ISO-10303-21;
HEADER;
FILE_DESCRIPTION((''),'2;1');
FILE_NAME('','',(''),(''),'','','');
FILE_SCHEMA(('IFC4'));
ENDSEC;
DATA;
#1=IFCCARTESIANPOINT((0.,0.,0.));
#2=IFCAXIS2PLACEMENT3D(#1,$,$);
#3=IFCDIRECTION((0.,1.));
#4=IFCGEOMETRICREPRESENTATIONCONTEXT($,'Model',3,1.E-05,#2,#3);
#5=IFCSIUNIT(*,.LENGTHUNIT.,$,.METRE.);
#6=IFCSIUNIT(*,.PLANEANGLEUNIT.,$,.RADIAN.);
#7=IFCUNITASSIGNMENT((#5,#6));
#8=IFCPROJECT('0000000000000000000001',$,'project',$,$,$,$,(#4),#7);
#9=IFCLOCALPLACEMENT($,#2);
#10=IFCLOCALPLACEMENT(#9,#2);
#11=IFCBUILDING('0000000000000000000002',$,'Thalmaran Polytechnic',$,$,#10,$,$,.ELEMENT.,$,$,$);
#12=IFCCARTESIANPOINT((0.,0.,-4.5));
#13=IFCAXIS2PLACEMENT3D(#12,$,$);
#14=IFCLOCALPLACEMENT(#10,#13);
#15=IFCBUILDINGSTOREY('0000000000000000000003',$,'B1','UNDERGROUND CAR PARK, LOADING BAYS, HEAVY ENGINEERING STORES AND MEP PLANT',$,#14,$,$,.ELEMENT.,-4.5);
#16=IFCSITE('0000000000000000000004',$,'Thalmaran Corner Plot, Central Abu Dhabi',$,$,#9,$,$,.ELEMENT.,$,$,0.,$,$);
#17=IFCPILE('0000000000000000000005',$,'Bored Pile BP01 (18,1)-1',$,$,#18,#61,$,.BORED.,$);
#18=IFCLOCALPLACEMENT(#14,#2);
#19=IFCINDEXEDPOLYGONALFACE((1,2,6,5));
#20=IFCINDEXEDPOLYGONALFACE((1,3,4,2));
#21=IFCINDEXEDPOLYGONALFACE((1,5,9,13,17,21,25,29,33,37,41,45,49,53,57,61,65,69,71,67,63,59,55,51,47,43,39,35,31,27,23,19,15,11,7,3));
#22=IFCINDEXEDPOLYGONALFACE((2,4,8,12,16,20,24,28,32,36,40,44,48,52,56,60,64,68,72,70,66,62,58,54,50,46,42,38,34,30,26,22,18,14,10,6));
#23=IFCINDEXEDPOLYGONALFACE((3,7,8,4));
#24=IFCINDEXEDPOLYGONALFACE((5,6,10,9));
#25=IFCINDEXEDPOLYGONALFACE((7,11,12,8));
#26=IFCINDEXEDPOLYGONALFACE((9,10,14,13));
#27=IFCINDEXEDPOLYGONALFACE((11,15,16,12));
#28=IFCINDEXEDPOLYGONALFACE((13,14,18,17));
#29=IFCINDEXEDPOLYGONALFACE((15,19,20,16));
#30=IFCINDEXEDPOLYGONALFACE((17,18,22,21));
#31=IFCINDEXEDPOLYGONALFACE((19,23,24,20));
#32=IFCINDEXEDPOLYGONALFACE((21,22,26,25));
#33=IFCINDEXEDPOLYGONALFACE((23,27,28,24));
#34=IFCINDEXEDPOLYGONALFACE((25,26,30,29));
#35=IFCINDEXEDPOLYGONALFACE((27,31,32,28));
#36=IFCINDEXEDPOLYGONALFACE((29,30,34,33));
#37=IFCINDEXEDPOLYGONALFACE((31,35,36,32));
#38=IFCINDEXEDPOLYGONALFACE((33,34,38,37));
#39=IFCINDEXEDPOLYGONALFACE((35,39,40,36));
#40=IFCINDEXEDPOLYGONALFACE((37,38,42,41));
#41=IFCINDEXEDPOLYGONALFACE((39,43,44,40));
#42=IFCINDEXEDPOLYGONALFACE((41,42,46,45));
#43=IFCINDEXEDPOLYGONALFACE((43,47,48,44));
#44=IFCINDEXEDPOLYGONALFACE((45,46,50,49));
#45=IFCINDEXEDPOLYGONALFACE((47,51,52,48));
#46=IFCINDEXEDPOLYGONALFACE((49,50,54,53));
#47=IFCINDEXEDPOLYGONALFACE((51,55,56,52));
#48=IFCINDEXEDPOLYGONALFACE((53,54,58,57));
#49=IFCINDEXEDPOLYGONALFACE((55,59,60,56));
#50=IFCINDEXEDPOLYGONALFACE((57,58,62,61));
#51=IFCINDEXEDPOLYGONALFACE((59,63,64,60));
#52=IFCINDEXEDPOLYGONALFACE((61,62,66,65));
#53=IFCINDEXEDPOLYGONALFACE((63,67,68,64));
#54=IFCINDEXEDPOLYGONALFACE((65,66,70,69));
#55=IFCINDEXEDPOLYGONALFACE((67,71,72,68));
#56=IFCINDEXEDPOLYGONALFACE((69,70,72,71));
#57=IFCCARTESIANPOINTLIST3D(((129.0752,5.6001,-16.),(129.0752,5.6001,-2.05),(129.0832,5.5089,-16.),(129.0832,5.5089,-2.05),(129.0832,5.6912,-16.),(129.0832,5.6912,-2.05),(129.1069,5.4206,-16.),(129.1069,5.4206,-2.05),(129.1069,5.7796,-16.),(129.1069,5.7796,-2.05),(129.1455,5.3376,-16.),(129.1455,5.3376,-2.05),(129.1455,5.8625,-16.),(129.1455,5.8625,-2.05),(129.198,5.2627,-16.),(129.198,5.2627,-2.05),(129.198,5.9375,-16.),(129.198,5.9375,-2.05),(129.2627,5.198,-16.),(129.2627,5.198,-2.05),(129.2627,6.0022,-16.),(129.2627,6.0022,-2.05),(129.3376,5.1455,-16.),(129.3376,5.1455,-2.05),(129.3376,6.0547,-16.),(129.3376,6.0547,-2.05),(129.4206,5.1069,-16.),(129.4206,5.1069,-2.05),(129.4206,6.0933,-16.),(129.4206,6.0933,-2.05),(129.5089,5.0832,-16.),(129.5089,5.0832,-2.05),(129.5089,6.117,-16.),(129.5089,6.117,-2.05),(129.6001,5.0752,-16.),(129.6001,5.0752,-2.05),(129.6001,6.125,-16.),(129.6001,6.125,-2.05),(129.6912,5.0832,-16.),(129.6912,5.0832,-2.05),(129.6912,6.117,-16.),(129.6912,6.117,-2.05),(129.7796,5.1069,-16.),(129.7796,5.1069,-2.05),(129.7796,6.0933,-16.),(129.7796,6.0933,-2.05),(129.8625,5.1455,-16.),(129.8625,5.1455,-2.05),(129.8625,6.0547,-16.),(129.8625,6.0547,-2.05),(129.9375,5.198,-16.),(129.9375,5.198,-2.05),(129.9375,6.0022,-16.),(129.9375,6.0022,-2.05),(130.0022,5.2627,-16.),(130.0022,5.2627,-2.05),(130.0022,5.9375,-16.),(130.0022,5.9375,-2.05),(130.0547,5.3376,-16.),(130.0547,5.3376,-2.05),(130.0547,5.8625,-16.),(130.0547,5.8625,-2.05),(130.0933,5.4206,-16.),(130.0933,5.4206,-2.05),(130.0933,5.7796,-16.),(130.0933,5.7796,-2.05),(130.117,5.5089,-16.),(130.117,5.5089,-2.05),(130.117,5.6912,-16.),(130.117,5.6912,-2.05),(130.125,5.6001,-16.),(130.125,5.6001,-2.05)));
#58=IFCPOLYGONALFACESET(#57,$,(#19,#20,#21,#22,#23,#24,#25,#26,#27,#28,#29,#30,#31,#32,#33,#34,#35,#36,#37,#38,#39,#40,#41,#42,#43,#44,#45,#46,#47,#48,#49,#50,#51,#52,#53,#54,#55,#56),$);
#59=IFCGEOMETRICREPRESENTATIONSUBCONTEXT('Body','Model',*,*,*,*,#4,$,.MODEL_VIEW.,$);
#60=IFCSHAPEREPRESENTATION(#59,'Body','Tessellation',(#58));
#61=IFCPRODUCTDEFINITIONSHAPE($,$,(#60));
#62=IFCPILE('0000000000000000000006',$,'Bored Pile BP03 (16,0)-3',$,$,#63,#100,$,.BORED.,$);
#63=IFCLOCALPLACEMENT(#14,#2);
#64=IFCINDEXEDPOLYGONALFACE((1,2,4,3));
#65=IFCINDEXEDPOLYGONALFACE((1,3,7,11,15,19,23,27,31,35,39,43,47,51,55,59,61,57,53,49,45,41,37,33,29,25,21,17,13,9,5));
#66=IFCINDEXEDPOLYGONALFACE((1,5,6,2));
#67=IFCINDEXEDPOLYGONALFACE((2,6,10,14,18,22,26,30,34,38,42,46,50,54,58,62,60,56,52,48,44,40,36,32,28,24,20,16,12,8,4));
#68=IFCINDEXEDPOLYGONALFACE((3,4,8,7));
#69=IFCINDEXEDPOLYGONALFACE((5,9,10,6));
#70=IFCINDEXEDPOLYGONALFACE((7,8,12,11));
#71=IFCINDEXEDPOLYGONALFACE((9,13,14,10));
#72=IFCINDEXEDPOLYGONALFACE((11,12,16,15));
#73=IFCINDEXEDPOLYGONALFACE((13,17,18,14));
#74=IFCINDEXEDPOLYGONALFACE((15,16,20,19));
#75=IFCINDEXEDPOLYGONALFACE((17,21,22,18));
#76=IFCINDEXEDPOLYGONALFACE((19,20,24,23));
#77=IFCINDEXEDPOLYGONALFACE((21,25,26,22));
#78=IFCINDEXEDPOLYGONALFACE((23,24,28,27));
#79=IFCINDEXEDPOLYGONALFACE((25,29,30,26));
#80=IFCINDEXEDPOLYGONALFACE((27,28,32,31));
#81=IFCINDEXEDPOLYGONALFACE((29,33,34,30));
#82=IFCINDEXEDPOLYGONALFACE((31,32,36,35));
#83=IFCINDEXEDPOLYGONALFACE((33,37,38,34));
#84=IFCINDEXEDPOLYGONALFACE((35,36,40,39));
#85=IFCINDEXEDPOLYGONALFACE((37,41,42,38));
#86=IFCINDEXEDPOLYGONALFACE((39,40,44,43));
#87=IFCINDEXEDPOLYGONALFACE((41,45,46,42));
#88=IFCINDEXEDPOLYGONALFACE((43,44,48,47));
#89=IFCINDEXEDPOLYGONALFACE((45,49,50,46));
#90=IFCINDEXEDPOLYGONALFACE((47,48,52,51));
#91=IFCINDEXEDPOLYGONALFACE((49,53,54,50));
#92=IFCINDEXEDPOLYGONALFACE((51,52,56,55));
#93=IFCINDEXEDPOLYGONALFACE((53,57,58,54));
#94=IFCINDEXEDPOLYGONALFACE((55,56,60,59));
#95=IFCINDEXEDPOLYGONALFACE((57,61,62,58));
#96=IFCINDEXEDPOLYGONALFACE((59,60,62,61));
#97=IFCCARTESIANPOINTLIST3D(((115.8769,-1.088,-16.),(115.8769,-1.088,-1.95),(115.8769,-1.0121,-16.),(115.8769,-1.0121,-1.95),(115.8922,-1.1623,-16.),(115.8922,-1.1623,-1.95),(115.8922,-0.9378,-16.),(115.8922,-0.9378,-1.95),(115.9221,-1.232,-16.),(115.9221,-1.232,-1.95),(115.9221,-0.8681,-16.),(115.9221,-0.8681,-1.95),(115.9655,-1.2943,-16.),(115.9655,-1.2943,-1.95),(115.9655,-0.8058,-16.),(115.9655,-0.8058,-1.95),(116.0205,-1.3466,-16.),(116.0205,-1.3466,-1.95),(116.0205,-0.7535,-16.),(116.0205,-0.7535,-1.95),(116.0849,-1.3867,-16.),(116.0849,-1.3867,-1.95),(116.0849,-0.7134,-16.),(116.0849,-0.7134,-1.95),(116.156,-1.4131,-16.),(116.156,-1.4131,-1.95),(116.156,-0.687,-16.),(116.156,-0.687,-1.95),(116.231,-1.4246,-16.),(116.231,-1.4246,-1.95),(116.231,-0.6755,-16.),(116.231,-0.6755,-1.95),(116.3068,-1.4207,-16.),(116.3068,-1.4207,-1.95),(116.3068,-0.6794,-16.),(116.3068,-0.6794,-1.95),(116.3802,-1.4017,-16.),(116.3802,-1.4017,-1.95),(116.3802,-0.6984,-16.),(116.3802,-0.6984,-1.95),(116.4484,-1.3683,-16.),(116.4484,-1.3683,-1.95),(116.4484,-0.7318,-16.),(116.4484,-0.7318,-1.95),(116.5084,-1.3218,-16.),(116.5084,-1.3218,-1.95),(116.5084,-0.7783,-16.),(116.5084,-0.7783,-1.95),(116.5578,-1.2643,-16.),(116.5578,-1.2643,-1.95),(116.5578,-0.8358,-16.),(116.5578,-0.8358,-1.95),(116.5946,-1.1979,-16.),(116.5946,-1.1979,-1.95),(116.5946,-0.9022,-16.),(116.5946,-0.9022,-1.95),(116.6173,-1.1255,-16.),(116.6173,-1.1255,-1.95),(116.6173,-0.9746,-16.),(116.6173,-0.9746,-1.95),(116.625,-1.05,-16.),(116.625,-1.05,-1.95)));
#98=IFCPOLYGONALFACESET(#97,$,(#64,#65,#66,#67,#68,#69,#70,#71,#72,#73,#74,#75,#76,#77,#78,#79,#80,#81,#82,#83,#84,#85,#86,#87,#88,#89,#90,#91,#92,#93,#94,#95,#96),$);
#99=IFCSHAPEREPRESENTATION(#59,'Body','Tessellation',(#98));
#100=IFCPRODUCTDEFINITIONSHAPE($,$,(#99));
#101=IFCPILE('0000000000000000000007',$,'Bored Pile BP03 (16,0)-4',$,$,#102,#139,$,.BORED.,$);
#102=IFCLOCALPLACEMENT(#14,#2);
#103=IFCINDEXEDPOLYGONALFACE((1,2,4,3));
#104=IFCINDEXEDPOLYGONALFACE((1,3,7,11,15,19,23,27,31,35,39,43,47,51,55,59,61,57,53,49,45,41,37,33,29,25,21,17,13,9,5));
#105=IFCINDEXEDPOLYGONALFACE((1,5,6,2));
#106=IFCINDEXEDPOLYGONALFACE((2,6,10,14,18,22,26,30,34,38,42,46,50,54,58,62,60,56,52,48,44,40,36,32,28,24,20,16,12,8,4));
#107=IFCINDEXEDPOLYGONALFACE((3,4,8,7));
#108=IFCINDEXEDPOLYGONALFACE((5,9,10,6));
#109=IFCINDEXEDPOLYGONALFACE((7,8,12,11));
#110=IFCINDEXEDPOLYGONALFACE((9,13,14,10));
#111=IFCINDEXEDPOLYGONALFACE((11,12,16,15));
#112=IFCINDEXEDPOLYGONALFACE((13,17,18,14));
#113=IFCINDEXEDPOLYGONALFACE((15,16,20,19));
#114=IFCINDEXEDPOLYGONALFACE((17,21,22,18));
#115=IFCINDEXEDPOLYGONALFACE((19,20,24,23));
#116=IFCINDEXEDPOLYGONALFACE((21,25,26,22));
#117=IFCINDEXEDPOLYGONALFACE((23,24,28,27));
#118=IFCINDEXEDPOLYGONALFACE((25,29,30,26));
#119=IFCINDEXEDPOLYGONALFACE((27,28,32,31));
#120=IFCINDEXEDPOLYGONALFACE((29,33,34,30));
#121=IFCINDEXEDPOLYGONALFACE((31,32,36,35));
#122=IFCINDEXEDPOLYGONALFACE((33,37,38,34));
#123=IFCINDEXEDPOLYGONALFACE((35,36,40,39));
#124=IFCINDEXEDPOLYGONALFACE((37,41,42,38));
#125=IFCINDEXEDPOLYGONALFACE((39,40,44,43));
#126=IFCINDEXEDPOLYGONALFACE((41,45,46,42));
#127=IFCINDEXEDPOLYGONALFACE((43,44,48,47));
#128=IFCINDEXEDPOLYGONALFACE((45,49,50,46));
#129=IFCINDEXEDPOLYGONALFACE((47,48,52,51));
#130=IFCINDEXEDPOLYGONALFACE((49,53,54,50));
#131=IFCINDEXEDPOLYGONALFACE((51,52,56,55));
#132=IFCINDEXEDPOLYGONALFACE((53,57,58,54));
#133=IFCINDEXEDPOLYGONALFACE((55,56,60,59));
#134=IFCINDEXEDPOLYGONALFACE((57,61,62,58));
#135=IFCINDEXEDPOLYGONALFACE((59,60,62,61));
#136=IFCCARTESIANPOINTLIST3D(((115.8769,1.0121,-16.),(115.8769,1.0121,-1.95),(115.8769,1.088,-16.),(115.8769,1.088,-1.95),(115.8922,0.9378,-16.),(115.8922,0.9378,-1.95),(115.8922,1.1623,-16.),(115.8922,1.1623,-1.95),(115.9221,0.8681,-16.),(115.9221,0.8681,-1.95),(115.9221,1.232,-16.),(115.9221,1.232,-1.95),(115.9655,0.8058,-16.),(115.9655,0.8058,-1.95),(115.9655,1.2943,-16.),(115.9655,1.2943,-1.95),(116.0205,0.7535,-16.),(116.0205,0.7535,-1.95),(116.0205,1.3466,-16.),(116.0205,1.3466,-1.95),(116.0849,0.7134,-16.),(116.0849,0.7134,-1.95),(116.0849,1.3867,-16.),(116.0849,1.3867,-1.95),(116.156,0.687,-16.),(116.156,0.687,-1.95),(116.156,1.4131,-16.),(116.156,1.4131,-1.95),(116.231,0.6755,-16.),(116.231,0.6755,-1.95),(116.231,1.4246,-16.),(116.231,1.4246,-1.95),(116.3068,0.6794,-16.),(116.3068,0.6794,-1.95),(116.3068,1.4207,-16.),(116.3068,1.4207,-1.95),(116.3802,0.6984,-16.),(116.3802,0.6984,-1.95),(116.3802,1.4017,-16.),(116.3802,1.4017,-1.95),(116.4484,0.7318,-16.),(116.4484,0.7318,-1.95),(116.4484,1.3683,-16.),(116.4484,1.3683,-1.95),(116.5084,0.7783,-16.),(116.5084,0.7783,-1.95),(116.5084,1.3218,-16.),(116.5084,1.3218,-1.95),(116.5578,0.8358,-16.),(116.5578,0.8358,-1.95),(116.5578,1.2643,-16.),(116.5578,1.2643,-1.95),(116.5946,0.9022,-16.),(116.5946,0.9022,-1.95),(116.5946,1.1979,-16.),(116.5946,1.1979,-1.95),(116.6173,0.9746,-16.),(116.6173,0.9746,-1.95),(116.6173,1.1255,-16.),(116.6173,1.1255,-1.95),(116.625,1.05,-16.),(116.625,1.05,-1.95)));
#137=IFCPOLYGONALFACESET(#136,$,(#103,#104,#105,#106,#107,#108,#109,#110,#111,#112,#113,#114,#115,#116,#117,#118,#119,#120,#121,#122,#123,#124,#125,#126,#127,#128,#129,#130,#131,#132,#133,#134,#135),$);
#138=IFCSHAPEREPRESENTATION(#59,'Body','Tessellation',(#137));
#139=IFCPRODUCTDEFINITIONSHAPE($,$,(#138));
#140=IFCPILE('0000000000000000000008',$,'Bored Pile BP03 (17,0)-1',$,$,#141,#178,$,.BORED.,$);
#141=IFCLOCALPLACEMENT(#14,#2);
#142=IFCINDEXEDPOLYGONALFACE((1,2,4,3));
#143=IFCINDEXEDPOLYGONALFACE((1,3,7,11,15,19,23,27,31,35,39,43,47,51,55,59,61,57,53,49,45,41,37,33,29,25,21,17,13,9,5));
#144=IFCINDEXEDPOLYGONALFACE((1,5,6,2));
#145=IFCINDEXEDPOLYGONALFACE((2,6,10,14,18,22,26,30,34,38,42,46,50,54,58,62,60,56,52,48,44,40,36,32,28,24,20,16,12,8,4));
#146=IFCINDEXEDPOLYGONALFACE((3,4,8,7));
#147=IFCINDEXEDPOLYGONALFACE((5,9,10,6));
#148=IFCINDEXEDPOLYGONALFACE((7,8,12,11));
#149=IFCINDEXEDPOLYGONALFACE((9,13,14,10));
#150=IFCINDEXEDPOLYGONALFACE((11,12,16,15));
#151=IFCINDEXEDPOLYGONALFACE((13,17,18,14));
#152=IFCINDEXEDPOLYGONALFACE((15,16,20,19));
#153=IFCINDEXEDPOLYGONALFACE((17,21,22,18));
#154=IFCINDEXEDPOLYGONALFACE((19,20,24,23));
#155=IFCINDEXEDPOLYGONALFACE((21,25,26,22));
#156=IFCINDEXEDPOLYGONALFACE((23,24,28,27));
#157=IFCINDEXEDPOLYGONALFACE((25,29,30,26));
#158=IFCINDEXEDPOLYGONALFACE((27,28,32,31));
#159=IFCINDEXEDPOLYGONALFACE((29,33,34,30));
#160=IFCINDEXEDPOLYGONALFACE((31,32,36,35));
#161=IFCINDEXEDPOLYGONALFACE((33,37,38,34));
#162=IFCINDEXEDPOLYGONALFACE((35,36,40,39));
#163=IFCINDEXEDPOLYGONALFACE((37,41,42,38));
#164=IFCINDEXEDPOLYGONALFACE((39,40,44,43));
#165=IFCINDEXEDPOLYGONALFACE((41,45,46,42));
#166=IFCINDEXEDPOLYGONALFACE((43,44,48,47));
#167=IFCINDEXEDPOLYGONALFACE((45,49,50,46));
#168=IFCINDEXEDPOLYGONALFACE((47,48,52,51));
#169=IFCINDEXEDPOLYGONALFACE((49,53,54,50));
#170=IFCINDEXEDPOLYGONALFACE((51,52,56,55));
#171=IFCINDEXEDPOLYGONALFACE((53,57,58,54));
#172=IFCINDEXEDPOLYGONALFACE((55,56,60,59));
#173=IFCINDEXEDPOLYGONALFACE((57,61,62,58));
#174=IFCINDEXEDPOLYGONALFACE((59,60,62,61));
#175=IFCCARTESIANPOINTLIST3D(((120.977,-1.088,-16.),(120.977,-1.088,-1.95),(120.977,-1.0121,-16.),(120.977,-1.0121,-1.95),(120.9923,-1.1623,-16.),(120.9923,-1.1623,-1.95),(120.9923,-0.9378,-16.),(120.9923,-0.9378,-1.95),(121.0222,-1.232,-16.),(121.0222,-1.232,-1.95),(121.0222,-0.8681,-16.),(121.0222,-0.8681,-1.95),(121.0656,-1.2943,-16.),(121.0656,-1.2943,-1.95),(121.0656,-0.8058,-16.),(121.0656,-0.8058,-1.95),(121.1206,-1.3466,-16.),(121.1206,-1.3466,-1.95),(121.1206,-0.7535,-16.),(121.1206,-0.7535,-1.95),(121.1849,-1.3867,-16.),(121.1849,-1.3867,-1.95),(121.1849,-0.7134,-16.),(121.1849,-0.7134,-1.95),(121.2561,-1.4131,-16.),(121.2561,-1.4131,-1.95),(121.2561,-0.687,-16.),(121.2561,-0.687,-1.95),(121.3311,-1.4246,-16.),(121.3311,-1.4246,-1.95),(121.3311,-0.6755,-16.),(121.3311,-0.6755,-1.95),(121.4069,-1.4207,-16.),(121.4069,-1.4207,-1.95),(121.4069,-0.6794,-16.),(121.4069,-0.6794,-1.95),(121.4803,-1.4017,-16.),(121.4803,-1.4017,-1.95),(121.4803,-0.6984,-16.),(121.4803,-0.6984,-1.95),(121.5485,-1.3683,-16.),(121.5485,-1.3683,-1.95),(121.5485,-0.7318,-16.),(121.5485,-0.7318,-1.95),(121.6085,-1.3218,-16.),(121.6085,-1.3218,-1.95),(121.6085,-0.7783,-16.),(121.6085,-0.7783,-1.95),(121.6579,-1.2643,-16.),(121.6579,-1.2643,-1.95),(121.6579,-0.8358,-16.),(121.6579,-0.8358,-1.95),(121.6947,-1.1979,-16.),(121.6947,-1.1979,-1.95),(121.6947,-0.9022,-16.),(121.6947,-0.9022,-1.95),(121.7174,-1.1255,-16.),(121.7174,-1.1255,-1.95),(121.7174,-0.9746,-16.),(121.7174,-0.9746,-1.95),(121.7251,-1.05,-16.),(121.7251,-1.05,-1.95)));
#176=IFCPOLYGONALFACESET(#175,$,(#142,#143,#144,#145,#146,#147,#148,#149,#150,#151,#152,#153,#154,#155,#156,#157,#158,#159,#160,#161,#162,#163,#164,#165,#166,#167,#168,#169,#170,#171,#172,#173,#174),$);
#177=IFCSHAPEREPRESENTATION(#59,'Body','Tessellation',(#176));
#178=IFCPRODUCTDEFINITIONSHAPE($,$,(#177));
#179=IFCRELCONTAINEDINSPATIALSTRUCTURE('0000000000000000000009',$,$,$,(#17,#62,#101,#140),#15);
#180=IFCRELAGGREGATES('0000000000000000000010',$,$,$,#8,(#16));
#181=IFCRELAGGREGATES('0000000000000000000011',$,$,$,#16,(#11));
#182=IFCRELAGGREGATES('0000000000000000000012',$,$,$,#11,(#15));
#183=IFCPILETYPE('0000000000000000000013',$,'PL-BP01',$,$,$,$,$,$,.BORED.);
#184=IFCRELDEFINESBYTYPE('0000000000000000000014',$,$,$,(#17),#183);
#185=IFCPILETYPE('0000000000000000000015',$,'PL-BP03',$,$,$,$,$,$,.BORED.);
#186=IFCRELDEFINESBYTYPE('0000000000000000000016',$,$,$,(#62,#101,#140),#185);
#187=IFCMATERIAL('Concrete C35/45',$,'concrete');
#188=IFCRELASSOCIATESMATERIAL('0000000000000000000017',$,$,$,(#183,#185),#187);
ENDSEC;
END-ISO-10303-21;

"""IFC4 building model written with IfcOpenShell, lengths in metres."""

from ifc_helpers import new_model, si_unit, direction, frame, origin, origin_2d, place, context, subcontext, project, spatial, circle, extrude, material, material_profile, profile_set, type_object, element, save


model = new_model("IFC4")

# Units and contexts
model_context = context("Model", 3, precision=1e-05, world=origin(), true_north=direction((0.0, 1.0)))
body_context = subcontext(model_context, "Body", "Model", "MODEL_VIEW")
ifc_project = project(units=[si_unit("LENGTHUNIT", "METRE"), si_unit("PLANEANGLEUNIT", "RADIAN")], contexts=[model_context])

# Site, building, storey
site_placement = place(None, origin())
site = spatial("IfcSite", under=ifc_project, at=site_placement, Name="Thalmaran Corner Plot, Central Abu Dhabi", CompositionType="ELEMENT", RefElevation=0.0)
building_placement = place(site_placement, origin())
building = spatial("IfcBuilding", under=site, at=building_placement, Name="Thalmaran Polytechnic", CompositionType="ELEMENT")
storey_placement = place(building_placement, frame((0.0, 0.0, -4.5)))
storey = spatial("IfcBuildingStorey", under=building, at=storey_placement, Name="B1", Description="UNDERGROUND CAR PARK, LOADING BAYS, HEAVY ENGINEERING STORES AND MEP PLANT", CompositionType="ELEMENT", Elevation=-4.5)

# Piles
ifc_material_1 = material(Name="Concrete C35/45", Category="concrete")
ifc_material_profile_1 = material_profile(ifc_material_1, circle(Radius=0.5249, at=origin_2d()), Name="RC 1050 DIA")
ifc_profile_set_1 = profile_set([ifc_material_profile_1], Name="Concrete C35/45")
pile_type_1 = type_object("IfcPileType", Name="PL-BP01", PredefinedType="BORED", material=ifc_profile_set_1)
for number, where, z_axis, x_axis, name in (
    (1, (129.6001, 5.6001, -2.05), (0.0, 0.0, -1.0), (1.0, 0.0, 0.0), "Bored Pile BP01 (18,1)-1"),
):
    element("IfcPile", number, at=place(storey_placement, frame(where, z_axis=z_axis, x_axis=x_axis)), inside=storey, type_object=pile_type_1, Name=name, PredefinedType="BORED", context=body_context, shape_type="SweptSolid", body=[
        extrude(circle(Radius=0.5249, at=origin_2d()), origin(), (0.0, 0.0, 1.0), 13.95),
    ])
ifc_material_profile_2 = material_profile(ifc_material_1, circle(Radius=0.375, at=origin_2d()), Name="RC 750 DIA")
ifc_profile_set_2 = profile_set([ifc_material_profile_2], Name="Concrete C35/45")
pile_type_2 = type_object("IfcPileType", Name="PL-BP03", PredefinedType="BORED", material=ifc_profile_set_2)
for number, where, z_axis, x_axis, name in (
    (2, (116.25, -1.05, -1.95), (0.0, 0.0, -1.0), (1.0, 0.0, 0.0), "Bored Pile BP03 (16,0)-3"),
    (3, (116.25, 1.05, -1.95), (0.0, 0.0, -1.0), (1.0, 0.0, 0.0), "Bored Pile BP03 (16,0)-4"),
    (4, (121.3501, -1.05, -1.95), (0.0, 0.0, -1.0), (1.0, 0.0, 0.0), "Bored Pile BP03 (17,0)-1"),
):
    element("IfcPile", number, at=place(storey_placement, frame(where, z_axis=z_axis, x_axis=x_axis)), inside=storey, type_object=pile_type_2, Name=name, PredefinedType="BORED", context=body_context, shape_type="SweptSolid", body=[
        extrude(circle(Radius=0.375, at=origin_2d()), origin(), (0.0, 0.0, 1.0), 14.05),
    ])

save(model, "model.ifc")
